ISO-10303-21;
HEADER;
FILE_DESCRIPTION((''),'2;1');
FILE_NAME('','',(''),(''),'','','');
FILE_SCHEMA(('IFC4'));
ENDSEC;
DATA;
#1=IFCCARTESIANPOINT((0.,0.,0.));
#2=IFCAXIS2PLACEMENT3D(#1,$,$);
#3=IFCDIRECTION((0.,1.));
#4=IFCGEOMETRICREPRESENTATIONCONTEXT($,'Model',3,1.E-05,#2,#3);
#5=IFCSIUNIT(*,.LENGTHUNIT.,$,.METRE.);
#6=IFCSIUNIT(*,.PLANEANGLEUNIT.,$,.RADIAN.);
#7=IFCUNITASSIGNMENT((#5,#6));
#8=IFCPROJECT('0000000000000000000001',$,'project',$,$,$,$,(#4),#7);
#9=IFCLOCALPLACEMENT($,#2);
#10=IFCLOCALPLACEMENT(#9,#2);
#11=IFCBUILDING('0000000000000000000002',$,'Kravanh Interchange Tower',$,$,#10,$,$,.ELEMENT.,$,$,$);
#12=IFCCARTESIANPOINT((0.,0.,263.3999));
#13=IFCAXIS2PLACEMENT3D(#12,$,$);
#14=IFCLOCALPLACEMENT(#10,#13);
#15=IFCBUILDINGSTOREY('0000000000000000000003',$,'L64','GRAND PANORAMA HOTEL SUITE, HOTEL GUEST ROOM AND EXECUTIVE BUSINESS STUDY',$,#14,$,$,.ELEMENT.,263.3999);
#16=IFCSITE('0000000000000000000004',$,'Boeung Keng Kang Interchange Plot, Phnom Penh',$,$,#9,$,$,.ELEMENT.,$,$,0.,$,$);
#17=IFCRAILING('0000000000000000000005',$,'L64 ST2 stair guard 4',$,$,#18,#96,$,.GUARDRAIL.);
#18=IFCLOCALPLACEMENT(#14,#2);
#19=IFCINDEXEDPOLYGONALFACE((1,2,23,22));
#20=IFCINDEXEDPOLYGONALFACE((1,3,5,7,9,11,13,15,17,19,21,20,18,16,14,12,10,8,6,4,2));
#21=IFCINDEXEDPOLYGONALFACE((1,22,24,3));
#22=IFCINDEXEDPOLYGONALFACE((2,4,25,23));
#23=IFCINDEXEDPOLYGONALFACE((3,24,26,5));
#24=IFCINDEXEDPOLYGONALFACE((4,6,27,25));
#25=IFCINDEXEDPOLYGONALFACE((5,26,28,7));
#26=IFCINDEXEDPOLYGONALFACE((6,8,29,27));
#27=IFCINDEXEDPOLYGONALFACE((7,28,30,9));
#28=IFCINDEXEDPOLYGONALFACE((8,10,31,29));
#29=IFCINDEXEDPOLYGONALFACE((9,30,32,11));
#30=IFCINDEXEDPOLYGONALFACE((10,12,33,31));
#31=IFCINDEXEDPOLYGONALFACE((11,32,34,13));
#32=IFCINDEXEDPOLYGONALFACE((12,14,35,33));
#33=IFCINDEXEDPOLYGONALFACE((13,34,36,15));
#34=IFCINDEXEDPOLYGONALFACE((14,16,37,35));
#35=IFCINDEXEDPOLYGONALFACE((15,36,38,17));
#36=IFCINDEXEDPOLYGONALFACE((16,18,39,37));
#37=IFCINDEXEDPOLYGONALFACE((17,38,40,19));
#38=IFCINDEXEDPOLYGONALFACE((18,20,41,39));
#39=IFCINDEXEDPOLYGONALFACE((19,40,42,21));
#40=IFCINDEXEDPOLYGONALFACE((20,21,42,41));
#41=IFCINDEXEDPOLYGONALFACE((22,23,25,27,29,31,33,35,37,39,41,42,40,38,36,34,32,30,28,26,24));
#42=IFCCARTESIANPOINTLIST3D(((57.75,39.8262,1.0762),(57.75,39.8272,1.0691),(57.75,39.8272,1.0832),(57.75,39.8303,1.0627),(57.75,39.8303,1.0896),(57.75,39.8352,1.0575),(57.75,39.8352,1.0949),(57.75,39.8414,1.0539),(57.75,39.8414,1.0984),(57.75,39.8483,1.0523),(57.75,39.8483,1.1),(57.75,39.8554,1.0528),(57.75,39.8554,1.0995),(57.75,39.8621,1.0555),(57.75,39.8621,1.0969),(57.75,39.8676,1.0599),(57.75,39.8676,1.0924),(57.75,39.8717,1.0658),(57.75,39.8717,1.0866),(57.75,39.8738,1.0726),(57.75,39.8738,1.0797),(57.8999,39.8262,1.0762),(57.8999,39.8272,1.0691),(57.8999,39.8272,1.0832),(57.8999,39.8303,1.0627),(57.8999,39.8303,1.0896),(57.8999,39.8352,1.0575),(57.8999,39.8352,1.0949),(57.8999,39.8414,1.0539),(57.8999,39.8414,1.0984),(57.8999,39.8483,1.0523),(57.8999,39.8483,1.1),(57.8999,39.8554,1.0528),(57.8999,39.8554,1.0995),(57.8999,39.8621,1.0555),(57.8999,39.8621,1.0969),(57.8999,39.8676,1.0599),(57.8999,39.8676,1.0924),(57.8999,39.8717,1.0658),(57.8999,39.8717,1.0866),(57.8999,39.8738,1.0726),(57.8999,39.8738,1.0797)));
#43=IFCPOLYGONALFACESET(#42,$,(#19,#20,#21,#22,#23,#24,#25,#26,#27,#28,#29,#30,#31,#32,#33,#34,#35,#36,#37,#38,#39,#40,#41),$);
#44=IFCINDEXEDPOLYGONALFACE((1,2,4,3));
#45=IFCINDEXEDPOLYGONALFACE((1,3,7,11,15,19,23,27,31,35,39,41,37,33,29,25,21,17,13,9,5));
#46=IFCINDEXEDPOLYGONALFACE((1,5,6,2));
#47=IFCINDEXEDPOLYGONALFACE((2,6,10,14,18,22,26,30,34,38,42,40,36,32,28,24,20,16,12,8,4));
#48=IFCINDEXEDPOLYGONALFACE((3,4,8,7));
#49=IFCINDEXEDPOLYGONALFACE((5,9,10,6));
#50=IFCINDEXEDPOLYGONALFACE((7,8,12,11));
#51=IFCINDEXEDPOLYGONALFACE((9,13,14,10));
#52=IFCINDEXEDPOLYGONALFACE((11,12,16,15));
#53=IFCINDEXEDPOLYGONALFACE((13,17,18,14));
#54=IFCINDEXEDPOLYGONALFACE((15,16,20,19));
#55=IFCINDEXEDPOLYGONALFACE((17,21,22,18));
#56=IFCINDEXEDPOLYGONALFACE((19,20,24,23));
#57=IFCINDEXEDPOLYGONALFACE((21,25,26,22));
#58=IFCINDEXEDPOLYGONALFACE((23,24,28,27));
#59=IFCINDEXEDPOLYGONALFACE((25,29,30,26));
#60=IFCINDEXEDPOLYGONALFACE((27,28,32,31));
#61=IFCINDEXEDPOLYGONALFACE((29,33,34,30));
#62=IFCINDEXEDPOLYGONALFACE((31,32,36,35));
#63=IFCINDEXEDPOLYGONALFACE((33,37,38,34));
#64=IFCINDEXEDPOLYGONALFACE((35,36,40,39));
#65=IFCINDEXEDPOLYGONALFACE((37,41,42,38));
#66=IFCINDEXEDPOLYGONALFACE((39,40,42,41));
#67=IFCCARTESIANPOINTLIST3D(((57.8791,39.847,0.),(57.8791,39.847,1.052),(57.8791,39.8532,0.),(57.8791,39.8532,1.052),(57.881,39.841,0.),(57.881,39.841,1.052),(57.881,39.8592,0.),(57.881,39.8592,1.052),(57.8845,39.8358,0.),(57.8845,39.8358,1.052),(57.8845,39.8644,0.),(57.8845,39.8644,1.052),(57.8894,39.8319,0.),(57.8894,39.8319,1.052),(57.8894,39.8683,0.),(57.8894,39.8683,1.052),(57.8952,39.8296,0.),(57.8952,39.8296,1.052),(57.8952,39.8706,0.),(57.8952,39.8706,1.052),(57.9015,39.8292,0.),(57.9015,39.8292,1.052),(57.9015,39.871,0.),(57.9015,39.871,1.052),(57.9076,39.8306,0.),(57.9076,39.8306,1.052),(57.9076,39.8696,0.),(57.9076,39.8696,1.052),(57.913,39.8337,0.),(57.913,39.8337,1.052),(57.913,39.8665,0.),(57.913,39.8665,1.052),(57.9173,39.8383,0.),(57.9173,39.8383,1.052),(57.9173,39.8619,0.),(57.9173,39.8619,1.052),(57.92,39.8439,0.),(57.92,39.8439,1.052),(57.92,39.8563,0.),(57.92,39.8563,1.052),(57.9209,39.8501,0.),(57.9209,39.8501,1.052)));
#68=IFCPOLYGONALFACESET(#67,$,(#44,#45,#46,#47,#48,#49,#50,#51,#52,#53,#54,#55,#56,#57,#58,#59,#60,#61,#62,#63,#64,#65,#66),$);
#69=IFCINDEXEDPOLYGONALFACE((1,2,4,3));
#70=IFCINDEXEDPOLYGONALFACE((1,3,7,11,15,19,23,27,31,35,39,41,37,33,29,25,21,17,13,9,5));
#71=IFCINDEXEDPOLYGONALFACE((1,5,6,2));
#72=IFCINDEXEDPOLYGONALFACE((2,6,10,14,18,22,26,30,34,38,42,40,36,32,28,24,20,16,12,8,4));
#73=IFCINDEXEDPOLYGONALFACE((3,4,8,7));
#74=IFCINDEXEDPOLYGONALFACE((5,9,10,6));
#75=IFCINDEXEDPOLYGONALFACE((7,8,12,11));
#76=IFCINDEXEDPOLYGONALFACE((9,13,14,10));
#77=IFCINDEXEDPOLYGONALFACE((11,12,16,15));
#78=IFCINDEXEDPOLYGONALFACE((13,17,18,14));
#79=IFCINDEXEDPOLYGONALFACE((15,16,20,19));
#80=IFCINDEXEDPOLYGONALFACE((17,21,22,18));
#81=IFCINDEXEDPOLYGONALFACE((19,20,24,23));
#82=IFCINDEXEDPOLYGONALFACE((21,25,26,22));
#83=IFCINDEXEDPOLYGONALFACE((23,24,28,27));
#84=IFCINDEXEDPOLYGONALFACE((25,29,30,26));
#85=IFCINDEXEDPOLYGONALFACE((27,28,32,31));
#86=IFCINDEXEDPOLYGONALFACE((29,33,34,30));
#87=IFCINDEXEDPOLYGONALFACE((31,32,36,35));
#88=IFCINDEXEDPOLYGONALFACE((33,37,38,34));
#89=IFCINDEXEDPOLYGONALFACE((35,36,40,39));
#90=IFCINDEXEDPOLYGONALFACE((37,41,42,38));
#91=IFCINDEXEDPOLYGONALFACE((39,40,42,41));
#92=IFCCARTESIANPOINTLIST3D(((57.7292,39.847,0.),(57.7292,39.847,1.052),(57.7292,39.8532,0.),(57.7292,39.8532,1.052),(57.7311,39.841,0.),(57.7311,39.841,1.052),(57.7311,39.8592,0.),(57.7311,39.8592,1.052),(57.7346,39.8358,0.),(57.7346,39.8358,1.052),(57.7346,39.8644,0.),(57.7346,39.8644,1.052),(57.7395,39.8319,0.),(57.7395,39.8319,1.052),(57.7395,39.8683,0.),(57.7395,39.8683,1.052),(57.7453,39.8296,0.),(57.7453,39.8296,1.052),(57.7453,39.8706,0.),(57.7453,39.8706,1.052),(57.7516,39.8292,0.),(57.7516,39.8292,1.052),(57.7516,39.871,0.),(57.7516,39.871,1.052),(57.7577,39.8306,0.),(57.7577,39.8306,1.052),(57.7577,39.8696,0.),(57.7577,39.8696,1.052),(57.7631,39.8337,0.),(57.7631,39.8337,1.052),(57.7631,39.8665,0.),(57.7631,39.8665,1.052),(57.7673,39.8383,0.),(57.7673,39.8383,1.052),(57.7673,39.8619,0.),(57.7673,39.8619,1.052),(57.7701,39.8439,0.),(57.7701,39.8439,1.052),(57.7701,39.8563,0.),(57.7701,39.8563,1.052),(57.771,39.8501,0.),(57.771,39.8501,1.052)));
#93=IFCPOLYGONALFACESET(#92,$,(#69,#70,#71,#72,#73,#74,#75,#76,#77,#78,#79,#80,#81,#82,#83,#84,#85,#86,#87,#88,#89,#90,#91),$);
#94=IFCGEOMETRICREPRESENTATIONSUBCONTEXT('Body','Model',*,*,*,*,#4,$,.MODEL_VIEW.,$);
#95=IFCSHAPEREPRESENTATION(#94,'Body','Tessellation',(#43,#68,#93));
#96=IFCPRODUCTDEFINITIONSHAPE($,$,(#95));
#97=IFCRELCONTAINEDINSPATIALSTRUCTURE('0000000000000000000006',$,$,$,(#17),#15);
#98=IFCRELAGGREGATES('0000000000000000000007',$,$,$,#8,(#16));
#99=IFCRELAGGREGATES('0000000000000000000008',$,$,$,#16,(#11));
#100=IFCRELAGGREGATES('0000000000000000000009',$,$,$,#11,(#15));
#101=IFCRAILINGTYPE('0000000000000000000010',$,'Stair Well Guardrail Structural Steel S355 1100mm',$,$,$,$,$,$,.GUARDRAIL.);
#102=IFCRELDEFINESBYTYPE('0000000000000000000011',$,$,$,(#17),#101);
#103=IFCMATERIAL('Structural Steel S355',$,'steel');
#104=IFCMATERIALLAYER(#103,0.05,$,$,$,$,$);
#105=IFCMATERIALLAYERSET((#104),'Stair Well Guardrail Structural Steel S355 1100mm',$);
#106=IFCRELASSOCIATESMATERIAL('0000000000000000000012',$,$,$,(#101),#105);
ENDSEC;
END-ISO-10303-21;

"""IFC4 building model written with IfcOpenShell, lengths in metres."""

from ifc_helpers import new_model, si_unit, direction, frame, origin, origin_2d, place, context, subcontext, project, spatial, circle, extrude, material, layer, layer_set, type_object, element, save


model = new_model("IFC4")

# Units and contexts
model_context = context("Model", 3, precision=1e-05, world=origin(), true_north=direction((0.0, 1.0)))
body_context = subcontext(model_context, "Body", "Model", "MODEL_VIEW")
ifc_project = project(units=[si_unit("LENGTHUNIT", "METRE"), si_unit("PLANEANGLEUNIT", "RADIAN")], contexts=[model_context])

# Site, building, storey
site_placement = place(None, origin())
site = spatial("IfcSite", under=ifc_project, at=site_placement, Name="Boeung Keng Kang Interchange Plot, Phnom Penh", CompositionType="ELEMENT", RefElevation=0.0)
building_placement = place(site_placement, origin())
building = spatial("IfcBuilding", under=site, at=building_placement, Name="Kravanh Interchange Tower", CompositionType="ELEMENT")
storey_placement = place(building_placement, frame((0.0, 0.0, 263.3999)))
storey = spatial("IfcBuildingStorey", under=building, at=storey_placement, Name="L64", Description="GRAND PANORAMA HOTEL SUITE, HOTEL GUEST ROOM AND EXECUTIVE BUSINESS STUDY", CompositionType="ELEMENT", Elevation=263.3999)

# Railing
ifc_material_1 = material(Name="Structural Steel S355", Category="steel")
ifc_layer_1 = layer(ifc_material_1, 0.05)
ifc_layer_set_1 = layer_set([ifc_layer_1], Name="Stair Well Guardrail Structural Steel S355 1100mm")
railing_type_1 = type_object("IfcRailingType", Name="Stair Well Guardrail Structural Steel S355 1100mm", PredefinedType="GUARDRAIL", material=ifc_layer_set_1)
railing_1_placement = place(storey_placement, frame((57.8999, 39.8501, 0.0)))
element("IfcRailing", 1, at=railing_1_placement, inside=storey, type_object=railing_type_1, Name="L64 ST2 stair guard 4", PredefinedType="GUARDRAIL", context=body_context, shape_type="SweptSolid", body=[
    extrude(circle(Radius=0.0239, at=origin_2d()), frame((0.0, 0.0, 1.0762), z_axis=(-1.0, 0.0, 0.0), x_axis=(0.0, -1.0, 0.0)), (0.0, 0.0, 1.0), 0.1499),
    extrude(circle(Radius=0.021, at=origin_2d()), origin(), (0.0, 0.0, 1.0), 1.052),
    extrude(circle(Radius=0.021, at=origin_2d()), frame((-0.1499, 0.0, 0.0)), (0.0, 0.0, 1.0), 1.052),
])

save(model, "model.ifc")
